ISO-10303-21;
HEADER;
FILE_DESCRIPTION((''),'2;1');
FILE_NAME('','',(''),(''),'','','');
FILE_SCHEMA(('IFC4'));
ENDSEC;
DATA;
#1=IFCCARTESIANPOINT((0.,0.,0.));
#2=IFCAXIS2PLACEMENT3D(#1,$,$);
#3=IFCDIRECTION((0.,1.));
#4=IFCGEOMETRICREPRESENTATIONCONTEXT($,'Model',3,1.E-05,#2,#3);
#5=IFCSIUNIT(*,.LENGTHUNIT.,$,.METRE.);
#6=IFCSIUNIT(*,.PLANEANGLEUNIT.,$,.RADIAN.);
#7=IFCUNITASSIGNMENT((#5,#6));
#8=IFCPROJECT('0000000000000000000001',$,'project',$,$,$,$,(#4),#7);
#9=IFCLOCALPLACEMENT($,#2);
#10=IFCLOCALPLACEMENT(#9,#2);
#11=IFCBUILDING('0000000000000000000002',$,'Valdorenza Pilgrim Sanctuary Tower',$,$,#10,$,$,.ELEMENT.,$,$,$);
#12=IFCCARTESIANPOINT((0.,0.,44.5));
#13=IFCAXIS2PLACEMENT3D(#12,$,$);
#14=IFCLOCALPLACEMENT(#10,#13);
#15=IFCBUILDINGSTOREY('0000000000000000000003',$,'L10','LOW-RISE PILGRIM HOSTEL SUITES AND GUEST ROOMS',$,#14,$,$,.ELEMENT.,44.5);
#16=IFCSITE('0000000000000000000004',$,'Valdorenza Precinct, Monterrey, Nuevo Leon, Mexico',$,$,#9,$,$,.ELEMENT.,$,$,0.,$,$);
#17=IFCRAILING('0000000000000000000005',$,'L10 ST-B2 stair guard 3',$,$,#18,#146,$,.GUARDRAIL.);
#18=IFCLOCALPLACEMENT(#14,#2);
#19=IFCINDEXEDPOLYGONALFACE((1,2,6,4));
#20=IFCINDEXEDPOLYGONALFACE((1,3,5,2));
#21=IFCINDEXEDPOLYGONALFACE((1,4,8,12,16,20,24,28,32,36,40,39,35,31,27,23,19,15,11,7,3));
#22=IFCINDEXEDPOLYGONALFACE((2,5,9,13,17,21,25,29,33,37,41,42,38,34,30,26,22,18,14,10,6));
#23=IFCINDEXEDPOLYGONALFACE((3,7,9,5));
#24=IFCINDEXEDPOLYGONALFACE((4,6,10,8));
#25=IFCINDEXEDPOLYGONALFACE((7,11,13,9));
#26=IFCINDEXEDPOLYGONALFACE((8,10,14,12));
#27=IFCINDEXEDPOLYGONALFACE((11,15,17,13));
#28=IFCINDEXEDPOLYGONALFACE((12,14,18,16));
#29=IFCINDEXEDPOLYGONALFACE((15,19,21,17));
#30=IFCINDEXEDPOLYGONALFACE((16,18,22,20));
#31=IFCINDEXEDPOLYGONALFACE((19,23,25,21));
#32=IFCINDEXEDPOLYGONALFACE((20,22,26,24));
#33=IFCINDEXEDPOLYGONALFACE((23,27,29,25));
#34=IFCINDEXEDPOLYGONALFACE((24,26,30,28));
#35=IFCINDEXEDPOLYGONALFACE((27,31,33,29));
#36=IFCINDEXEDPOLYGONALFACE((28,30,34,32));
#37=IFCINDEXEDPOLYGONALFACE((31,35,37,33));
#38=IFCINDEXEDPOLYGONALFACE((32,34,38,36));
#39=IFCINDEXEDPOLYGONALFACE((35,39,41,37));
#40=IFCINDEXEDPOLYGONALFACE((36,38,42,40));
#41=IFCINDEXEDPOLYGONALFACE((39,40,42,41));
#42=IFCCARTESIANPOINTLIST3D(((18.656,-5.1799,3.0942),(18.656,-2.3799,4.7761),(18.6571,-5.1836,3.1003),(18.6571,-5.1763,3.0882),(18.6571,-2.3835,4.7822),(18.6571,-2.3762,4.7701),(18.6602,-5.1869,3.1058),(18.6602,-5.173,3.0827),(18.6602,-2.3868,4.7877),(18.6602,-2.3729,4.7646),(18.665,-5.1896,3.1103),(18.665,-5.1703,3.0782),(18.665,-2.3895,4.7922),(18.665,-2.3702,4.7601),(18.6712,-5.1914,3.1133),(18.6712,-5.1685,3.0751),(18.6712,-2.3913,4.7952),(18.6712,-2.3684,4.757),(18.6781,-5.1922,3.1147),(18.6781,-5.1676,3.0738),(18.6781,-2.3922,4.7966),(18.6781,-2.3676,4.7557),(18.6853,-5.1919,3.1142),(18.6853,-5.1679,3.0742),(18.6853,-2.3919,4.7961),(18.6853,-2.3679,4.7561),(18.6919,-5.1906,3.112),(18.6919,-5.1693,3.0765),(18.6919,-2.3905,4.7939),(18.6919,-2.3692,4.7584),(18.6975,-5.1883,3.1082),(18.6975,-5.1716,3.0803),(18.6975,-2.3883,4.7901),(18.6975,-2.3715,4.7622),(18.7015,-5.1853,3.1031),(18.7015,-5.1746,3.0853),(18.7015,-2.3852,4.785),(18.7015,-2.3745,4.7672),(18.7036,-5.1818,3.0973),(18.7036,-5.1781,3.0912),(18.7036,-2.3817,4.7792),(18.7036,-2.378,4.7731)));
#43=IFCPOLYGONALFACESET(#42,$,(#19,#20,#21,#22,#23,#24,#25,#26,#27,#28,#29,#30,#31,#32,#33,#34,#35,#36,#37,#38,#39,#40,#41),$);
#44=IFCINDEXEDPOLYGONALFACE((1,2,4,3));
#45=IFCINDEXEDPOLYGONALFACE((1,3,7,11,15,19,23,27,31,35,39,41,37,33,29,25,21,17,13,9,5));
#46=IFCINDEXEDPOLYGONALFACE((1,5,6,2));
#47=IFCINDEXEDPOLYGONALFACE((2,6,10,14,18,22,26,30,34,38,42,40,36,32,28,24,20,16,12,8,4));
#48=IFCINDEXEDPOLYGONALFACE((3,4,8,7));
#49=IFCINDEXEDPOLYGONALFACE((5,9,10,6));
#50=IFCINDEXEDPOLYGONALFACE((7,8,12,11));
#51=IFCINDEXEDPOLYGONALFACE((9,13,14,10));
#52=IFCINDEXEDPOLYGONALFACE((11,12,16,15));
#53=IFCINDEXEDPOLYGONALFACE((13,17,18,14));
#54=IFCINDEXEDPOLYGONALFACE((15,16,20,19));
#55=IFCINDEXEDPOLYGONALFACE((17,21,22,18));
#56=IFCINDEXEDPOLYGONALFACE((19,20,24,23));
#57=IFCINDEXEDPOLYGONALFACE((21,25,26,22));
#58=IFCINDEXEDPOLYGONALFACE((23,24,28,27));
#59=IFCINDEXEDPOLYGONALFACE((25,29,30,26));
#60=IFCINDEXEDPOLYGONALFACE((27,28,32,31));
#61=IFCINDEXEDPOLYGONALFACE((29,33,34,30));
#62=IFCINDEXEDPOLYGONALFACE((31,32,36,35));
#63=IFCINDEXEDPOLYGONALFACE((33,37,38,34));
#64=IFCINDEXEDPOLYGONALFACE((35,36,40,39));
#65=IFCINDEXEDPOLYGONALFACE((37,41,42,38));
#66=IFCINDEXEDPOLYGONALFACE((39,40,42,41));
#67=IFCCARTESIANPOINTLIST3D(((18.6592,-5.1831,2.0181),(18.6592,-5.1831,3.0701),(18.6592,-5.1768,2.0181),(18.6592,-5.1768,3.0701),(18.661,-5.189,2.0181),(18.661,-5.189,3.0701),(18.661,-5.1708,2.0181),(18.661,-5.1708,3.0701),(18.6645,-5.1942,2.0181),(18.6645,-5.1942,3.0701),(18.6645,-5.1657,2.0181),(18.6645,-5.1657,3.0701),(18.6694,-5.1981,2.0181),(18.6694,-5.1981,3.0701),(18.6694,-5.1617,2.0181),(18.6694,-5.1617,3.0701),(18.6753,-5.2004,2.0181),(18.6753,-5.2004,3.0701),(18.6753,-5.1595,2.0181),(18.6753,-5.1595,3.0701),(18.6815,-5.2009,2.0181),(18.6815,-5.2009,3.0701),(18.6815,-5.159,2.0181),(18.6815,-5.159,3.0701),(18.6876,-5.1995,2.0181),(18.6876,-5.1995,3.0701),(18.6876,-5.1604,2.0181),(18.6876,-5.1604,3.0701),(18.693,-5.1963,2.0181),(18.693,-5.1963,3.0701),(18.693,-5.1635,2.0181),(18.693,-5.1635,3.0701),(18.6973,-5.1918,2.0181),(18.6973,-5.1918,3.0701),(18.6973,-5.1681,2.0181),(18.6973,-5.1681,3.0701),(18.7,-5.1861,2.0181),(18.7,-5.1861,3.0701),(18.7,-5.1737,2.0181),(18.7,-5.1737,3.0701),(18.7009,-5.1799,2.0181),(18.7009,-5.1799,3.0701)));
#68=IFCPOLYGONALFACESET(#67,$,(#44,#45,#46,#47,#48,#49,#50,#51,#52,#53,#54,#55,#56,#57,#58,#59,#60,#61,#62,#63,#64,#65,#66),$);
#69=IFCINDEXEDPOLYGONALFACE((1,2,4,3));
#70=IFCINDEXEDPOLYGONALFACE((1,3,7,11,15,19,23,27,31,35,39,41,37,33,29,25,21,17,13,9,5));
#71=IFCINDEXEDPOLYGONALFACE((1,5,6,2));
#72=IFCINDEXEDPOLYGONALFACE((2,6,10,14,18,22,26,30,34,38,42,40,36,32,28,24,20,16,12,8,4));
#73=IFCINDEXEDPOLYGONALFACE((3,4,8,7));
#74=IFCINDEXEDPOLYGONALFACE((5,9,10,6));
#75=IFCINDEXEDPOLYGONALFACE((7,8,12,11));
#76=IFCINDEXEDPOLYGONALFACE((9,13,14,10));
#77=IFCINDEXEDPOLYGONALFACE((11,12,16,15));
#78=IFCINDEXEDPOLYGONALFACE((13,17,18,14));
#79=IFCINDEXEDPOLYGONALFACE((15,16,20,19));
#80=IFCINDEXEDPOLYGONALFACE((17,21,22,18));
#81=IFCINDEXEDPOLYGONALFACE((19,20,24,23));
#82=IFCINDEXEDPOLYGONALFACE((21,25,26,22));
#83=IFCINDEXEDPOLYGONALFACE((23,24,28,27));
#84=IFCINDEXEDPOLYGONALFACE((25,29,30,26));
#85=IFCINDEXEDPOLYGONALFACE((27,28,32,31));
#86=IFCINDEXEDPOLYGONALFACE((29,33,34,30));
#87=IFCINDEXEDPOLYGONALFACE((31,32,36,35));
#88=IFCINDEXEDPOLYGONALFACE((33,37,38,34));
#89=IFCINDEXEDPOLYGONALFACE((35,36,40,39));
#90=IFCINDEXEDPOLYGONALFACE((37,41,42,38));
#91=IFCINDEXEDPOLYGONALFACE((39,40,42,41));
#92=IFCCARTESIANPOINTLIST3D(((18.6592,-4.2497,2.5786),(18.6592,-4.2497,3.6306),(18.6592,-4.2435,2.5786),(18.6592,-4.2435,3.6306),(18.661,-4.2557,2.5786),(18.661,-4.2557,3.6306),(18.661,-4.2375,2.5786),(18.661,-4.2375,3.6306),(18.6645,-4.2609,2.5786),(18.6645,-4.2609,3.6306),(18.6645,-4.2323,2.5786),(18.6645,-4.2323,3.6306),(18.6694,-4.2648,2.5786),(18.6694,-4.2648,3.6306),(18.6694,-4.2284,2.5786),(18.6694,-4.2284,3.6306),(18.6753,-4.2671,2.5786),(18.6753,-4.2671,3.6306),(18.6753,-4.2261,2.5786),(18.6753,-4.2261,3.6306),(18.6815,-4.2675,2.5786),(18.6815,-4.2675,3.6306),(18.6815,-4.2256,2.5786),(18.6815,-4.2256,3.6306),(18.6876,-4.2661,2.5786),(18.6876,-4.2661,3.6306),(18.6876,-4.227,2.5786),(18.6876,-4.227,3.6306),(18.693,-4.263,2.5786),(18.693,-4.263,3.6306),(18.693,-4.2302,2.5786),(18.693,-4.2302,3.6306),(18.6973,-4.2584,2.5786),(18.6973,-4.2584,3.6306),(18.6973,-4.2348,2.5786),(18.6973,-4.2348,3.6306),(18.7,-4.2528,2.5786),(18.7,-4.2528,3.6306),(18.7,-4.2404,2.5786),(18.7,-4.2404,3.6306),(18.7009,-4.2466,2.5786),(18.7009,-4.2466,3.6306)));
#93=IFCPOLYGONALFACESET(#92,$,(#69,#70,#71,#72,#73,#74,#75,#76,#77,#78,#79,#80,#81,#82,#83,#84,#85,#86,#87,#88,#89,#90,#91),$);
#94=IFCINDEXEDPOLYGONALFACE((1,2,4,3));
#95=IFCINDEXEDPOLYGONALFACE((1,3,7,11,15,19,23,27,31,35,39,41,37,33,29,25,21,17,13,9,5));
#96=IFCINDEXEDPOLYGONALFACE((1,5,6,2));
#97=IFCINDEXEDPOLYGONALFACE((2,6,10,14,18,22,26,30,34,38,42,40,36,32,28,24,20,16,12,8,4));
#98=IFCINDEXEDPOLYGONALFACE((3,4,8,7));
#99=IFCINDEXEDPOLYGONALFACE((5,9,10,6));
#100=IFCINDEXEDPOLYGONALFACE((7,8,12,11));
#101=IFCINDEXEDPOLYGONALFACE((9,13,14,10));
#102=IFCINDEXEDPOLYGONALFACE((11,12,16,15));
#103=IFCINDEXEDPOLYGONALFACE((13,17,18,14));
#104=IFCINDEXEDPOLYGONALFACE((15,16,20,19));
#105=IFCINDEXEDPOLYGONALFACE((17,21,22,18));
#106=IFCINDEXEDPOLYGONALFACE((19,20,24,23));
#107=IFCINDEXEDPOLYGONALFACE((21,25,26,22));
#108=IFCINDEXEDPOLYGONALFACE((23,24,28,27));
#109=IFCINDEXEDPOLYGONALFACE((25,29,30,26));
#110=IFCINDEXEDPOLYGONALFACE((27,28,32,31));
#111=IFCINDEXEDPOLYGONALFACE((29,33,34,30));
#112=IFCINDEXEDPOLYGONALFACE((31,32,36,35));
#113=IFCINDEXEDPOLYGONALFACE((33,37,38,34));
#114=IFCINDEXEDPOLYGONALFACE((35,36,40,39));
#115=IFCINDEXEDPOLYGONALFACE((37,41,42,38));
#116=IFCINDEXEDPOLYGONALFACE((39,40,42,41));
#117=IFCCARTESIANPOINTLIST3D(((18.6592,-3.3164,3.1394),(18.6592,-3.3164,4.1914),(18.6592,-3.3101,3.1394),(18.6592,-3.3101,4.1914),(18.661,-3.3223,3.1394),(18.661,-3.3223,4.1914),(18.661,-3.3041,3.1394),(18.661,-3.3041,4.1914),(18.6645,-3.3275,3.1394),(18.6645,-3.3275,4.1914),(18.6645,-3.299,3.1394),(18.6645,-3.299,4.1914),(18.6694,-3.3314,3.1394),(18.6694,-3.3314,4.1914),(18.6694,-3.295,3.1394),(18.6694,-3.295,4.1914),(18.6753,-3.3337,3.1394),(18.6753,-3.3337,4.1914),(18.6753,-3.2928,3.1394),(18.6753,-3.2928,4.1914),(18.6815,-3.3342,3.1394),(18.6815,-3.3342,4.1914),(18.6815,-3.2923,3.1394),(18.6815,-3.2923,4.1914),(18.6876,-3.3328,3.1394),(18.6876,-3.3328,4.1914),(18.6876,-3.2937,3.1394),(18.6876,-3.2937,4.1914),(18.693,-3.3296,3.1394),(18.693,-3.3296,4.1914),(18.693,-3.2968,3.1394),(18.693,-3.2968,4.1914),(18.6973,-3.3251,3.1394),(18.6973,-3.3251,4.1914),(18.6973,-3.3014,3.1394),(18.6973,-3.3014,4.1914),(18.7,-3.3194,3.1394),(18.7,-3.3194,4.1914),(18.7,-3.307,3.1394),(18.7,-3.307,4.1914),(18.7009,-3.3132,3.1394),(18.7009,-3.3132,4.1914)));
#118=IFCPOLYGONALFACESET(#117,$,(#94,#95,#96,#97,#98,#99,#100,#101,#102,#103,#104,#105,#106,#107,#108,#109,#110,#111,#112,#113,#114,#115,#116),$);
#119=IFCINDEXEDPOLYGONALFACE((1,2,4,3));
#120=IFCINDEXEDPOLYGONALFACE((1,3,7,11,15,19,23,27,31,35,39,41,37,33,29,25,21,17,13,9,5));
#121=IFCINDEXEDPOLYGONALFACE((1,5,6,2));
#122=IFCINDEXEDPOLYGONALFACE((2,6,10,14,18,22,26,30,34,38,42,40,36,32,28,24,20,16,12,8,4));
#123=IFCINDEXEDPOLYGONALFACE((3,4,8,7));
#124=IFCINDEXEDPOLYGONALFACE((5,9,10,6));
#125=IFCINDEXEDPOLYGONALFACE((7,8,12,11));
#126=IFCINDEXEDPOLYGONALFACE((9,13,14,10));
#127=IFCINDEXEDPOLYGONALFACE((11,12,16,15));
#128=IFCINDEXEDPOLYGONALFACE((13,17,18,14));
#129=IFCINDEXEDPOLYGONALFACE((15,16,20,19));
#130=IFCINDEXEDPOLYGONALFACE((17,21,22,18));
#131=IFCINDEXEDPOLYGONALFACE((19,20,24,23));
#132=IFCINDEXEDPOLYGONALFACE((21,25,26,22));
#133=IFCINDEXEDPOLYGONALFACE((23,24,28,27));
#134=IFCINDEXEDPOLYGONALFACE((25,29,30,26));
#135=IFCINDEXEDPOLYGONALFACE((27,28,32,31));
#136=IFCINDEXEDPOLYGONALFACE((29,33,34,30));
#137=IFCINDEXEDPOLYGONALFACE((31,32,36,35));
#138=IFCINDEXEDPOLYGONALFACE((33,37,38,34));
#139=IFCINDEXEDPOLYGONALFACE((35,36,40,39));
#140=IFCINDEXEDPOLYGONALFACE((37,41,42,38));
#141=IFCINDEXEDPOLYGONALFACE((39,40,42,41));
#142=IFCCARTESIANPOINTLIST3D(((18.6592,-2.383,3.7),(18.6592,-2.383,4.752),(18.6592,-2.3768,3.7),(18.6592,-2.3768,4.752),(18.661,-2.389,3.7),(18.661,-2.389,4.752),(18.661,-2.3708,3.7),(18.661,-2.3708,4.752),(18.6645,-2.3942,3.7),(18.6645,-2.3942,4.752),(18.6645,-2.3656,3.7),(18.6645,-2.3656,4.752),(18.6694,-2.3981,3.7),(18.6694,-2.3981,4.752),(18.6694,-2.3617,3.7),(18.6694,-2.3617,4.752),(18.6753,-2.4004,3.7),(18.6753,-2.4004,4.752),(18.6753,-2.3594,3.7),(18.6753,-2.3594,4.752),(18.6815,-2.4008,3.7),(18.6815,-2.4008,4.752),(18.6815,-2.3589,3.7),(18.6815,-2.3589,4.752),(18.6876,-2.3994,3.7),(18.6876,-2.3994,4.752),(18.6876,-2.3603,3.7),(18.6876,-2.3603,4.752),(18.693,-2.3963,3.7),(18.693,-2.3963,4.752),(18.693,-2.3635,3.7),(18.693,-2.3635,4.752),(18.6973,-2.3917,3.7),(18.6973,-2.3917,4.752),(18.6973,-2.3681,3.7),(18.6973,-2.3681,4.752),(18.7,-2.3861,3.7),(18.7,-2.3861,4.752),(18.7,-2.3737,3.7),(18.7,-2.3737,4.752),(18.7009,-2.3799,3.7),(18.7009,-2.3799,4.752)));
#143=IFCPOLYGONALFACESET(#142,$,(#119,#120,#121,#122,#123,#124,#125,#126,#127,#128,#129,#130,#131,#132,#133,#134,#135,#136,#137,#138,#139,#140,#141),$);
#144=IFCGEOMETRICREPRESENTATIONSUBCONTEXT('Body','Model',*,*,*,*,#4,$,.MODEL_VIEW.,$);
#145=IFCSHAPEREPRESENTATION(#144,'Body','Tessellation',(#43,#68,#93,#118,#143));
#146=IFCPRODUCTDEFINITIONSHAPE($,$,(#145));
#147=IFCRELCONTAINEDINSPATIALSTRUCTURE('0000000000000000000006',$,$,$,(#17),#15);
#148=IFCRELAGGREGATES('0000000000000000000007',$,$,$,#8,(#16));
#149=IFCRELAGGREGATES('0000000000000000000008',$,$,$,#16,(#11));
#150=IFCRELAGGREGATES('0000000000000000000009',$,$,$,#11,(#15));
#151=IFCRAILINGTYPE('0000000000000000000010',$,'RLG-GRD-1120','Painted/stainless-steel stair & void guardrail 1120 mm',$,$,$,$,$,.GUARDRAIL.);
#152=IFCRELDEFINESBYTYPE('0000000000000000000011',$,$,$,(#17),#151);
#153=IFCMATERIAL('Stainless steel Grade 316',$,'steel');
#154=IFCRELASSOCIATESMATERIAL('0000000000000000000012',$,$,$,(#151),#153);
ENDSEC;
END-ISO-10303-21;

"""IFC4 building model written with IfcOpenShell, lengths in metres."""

from ifc_helpers import new_model, si_unit, direction, frame, origin, origin_2d, place, context, subcontext, project, spatial, circle, extrude, material, type_object, element, save


model = new_model("IFC4")

# Units and contexts
model_context = context("Model", 3, precision=1e-05, world=origin(), true_north=direction((0.0, 1.0)))
body_context = subcontext(model_context, "Body", "Model", "MODEL_VIEW")
ifc_project = project(units=[si_unit("LENGTHUNIT", "METRE"), si_unit("PLANEANGLEUNIT", "RADIAN")], contexts=[model_context])

# Site, building, storey
site_placement = place(None, origin())
site = spatial("IfcSite", under=ifc_project, at=site_placement, Name="Valdorenza Precinct, Monterrey, Nuevo Leon, Mexico", CompositionType="ELEMENT", RefElevation=0.0)
building_placement = place(site_placement, origin())
building = spatial("IfcBuilding", under=site, at=building_placement, Name="Valdorenza Pilgrim Sanctuary Tower", CompositionType="ELEMENT")
storey_placement = place(building_placement, frame((0.0, 0.0, 44.5)))
storey = spatial("IfcBuildingStorey", under=building, at=storey_placement, Name="L10", Description="LOW-RISE PILGRIM HOSTEL SUITES AND GUEST ROOMS", CompositionType="ELEMENT", Elevation=44.5)

# Railing
ifc_material_1 = material(Name="Stainless steel Grade 316", Category="steel")
railing_type_1 = type_object("IfcRailingType", Name="RLG-GRD-1120", Description="Painted/stainless-steel stair & void guardrail 1120 mm", PredefinedType="GUARDRAIL", material=ifc_material_1)
railing_1_placement = place(storey_placement, frame((18.6799, -5.1799, 2.0181)))
element("IfcRailing", 1, at=railing_1_placement, inside=storey, type_object=railing_type_1, Name="L10 ST-B2 stair guard 3", PredefinedType="GUARDRAIL", context=body_context, shape_type="SweptSolid", body=[
    extrude(circle(Radius=0.0239, at=origin_2d()), frame((0.0, 0.0, 1.0762), z_axis=(0.0, 0.857242, 0.514913), x_axis=(-1.0, 0.0, 0.0)), (0.0, 0.0, 1.0), 3.2664),
    extrude(circle(Radius=0.021, at=origin_2d()), origin(), (0.0, 0.0, 1.0), 1.052),
    extrude(circle(Radius=0.021, at=origin_2d()), frame((0.0, 0.9333, 0.5605)), (0.0, 0.0, 1.0), 1.052),
    extrude(circle(Radius=0.021, at=origin_2d()), frame((0.0, 1.8667, 1.1213)), (0.0, 0.0, 1.0), 1.052),
    extrude(circle(Radius=0.021, at=origin_2d()), frame((0.0, 2.8, 1.6819)), (0.0, 0.0, 1.0), 1.052),
])

save(model, "model.ifc")
